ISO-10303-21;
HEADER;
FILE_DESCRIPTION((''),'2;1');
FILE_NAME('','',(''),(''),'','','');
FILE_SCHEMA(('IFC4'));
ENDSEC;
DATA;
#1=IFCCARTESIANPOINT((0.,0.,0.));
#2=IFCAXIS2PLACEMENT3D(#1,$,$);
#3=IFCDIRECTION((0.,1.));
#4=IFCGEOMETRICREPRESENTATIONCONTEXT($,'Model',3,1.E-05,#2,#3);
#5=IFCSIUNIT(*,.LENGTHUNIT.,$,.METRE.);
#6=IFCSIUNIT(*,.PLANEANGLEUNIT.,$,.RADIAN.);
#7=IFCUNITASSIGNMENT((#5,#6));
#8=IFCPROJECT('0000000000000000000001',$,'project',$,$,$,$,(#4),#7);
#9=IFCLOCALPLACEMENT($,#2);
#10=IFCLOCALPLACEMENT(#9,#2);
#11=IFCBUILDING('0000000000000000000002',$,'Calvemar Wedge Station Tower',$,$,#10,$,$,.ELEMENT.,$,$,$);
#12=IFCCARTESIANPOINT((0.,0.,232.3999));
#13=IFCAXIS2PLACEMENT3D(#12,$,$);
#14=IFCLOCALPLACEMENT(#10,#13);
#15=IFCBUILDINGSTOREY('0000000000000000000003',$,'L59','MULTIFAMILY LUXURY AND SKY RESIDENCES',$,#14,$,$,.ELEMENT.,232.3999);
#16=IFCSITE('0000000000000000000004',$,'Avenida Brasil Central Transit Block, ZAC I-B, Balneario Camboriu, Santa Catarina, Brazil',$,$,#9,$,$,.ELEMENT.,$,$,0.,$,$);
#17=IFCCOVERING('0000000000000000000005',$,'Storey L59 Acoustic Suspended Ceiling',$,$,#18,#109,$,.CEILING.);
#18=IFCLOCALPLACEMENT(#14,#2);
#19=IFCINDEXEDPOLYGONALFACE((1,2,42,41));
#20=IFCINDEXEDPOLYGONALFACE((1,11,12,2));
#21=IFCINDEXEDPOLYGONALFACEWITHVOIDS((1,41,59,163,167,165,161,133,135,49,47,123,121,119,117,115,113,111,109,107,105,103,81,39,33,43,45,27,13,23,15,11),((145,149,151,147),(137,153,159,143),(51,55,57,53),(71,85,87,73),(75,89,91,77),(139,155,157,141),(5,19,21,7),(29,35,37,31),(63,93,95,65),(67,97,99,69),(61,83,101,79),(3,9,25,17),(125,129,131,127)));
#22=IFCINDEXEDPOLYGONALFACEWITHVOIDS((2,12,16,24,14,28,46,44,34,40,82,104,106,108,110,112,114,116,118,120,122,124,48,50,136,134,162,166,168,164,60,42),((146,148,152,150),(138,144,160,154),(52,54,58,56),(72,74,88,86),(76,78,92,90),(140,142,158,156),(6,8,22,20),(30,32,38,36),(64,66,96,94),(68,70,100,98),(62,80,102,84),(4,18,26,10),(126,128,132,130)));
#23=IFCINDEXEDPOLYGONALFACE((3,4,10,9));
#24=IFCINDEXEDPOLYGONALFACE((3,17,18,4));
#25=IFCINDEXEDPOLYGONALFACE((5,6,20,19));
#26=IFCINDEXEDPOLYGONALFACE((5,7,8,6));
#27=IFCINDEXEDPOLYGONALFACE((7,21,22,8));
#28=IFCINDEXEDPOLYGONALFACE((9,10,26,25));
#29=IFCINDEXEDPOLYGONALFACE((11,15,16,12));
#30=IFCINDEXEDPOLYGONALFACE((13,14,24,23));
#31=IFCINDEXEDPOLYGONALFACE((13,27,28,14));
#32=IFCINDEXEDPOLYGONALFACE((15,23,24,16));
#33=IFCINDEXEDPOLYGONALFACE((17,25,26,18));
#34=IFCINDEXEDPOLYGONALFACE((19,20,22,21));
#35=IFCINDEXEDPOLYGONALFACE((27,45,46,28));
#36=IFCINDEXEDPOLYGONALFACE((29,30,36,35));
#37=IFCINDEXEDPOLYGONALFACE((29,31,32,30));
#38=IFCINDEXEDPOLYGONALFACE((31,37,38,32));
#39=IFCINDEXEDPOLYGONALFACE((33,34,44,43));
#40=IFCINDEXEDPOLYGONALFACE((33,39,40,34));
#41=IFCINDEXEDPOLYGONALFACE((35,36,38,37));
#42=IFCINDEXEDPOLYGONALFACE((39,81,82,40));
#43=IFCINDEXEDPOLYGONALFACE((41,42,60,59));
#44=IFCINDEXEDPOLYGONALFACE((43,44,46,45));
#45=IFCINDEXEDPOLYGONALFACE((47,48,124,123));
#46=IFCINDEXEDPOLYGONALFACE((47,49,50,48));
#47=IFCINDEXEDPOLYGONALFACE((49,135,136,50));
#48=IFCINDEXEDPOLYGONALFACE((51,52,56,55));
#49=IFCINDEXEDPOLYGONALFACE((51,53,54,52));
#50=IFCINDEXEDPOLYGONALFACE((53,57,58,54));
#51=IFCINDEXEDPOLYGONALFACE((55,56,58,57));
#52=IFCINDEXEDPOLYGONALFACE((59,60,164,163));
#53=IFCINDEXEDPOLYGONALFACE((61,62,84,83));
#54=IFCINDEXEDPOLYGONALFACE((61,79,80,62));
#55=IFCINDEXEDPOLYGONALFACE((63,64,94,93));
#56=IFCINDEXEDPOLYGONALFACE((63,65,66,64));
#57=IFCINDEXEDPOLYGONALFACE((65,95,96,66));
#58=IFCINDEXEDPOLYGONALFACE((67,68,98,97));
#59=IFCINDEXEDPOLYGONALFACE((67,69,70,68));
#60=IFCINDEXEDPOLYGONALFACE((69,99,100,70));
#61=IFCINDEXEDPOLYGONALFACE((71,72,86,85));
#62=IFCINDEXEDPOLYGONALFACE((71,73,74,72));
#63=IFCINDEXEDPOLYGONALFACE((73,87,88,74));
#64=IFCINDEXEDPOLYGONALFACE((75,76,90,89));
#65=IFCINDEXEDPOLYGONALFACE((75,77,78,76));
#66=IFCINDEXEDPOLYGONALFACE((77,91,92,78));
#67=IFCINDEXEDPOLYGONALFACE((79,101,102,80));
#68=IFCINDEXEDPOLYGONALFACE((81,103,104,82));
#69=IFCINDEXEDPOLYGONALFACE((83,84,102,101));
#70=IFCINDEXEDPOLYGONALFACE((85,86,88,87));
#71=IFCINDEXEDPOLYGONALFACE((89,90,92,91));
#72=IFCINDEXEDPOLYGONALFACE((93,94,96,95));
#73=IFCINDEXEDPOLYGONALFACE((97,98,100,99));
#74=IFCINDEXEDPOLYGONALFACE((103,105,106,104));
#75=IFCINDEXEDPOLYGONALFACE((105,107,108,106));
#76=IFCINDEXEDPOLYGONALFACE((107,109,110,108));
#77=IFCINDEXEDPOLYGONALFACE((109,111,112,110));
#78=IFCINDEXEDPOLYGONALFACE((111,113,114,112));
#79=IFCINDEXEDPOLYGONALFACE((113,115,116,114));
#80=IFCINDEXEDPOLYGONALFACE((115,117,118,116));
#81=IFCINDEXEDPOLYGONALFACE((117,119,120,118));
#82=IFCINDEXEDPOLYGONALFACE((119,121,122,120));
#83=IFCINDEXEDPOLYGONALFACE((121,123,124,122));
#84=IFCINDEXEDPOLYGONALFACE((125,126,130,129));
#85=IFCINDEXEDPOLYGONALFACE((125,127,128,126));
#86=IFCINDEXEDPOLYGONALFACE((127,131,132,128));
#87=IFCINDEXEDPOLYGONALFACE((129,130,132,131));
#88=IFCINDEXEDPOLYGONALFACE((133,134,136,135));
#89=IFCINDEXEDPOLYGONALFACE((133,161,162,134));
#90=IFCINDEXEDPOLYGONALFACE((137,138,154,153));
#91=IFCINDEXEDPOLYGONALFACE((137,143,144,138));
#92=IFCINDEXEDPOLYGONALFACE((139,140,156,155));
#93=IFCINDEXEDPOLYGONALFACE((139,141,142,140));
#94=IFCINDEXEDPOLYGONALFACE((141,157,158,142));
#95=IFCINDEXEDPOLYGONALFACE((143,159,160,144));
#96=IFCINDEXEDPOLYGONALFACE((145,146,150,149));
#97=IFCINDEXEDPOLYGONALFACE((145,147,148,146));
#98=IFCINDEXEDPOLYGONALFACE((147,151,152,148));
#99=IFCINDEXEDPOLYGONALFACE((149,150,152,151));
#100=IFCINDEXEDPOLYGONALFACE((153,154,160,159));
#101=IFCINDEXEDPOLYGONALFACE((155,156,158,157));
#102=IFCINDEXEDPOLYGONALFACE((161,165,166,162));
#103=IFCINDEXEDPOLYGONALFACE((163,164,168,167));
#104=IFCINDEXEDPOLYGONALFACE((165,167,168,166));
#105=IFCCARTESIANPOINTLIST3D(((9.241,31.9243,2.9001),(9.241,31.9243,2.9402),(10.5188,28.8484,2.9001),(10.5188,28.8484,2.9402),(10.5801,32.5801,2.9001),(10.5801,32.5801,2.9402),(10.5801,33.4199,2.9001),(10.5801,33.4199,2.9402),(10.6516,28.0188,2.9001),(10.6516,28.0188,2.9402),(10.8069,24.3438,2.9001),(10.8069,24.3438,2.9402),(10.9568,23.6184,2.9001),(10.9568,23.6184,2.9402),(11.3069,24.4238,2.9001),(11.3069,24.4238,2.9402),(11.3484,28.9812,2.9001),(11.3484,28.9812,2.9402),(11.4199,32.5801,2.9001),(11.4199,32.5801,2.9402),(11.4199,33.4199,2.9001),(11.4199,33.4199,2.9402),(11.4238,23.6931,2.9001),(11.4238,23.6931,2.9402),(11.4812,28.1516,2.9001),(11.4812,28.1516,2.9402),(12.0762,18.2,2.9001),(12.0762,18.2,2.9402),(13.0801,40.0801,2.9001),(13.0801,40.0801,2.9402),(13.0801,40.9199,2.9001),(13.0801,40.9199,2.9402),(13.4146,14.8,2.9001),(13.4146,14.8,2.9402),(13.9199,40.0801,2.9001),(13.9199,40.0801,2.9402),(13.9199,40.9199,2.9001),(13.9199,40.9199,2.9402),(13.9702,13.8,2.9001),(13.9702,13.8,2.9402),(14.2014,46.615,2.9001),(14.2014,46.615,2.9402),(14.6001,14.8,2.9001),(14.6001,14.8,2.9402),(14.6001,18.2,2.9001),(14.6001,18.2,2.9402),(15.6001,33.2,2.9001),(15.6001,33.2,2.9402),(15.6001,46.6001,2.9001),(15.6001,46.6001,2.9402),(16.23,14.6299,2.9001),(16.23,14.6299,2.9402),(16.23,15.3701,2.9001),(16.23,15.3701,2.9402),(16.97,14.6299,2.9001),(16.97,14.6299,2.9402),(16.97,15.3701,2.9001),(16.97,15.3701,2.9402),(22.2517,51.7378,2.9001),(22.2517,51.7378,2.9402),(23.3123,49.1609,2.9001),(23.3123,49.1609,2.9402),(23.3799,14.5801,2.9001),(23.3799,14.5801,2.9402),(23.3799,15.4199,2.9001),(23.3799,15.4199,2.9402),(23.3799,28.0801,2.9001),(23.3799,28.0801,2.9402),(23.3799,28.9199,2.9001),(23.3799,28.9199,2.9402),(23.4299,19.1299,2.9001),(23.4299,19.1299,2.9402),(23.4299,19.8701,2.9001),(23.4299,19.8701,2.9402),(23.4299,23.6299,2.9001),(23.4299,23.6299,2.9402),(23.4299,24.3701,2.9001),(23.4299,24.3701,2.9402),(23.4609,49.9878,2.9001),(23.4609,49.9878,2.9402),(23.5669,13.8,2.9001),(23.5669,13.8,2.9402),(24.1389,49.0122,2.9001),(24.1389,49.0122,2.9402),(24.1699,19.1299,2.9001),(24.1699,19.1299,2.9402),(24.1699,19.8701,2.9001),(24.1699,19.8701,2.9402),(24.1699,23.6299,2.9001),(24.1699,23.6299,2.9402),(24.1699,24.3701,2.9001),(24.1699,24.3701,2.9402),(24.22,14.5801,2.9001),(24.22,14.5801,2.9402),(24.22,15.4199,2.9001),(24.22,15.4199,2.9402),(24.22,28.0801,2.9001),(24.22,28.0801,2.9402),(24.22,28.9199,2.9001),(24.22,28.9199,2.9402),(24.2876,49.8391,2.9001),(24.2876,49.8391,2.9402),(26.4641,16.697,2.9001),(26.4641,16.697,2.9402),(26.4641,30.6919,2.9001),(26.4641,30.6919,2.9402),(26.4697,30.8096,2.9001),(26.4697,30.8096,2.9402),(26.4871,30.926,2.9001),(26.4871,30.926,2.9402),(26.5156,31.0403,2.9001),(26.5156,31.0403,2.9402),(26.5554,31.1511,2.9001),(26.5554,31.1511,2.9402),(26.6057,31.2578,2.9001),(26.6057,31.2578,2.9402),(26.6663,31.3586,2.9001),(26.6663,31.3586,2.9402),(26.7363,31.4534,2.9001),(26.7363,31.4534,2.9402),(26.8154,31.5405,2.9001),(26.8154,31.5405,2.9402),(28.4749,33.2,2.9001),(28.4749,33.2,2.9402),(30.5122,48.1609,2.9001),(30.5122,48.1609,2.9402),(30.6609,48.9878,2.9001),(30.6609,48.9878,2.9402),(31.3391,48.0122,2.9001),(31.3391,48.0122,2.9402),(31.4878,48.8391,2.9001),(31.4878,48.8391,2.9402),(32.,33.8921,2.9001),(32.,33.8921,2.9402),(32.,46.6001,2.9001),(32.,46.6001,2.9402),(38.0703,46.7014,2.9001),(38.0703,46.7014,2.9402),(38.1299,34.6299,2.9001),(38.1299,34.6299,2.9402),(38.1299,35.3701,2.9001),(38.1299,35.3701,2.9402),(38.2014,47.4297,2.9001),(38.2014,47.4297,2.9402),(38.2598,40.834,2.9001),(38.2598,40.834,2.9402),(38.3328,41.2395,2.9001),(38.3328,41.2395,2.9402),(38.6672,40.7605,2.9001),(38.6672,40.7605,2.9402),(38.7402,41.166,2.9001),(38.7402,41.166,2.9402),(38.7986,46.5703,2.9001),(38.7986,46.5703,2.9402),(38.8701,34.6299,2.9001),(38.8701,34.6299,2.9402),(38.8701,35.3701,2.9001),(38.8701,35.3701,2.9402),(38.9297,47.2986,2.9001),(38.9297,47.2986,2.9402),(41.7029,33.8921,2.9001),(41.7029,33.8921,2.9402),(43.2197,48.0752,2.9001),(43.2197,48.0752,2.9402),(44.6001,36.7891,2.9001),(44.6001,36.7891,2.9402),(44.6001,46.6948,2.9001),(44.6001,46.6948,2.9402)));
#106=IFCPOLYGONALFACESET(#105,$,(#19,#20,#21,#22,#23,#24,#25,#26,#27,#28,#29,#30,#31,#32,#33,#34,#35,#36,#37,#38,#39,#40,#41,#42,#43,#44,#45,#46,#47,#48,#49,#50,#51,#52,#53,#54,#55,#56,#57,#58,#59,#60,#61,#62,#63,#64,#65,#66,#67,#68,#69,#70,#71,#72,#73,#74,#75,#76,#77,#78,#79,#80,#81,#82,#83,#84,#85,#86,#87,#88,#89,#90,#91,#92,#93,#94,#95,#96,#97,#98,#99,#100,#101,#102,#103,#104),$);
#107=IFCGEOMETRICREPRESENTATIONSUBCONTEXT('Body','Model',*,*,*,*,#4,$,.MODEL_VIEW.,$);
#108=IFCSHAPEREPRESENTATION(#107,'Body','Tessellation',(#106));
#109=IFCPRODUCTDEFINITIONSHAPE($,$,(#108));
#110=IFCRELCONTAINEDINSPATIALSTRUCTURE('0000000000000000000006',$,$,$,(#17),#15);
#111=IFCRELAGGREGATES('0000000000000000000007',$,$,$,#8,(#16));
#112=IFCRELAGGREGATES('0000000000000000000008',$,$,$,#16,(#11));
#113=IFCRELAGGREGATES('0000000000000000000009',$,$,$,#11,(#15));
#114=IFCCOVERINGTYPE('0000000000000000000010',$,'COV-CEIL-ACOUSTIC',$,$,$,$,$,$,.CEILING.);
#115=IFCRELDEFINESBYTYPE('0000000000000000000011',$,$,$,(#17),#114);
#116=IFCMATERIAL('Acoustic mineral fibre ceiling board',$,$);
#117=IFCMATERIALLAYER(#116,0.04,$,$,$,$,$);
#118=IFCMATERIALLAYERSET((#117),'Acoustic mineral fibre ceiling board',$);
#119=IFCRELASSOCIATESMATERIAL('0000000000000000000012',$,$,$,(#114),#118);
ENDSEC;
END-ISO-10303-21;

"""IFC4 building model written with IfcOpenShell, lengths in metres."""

from ifc_helpers import new_model, si_unit, direction, frame, origin, place, context, subcontext, project, spatial, polyline, outline, extrude, material, layer, layer_set, type_object, element, save


model = new_model("IFC4")

# Units and contexts
model_context = context("Model", 3, precision=1e-05, world=origin(), true_north=direction((0.0, 1.0)))
body_context = subcontext(model_context, "Body", "Model", "MODEL_VIEW")
ifc_project = project(units=[si_unit("LENGTHUNIT", "METRE"), si_unit("PLANEANGLEUNIT", "RADIAN")], contexts=[model_context])

# Site, building, storey
site_placement = place(None, origin())
site = spatial("IfcSite", under=ifc_project, at=site_placement, Name="Avenida Brasil Central Transit Block, ZAC I-B, Balneario Camboriu, Santa Catarina, Brazil", CompositionType="ELEMENT", RefElevation=0.0)
building_placement = place(site_placement, origin())
building = spatial("IfcBuilding", under=site, at=building_placement, Name="Calvemar Wedge Station Tower", CompositionType="ELEMENT")
storey_placement = place(building_placement, frame((0.0, 0.0, 232.3999)))
storey = spatial("IfcBuildingStorey", under=building, at=storey_placement, Name="L59", Description="MULTIFAMILY LUXURY AND SKY RESIDENCES", CompositionType="ELEMENT", Elevation=232.3999)

# Covering
ifc_material_1 = material(Name="Acoustic mineral fibre ceiling board")
ifc_layer_1 = layer(ifc_material_1, 0.04)
ifc_layer_set_1 = layer_set([ifc_layer_1], Name="Acoustic mineral fibre ceiling board")
covering_type_1 = type_object("IfcCoveringType", Name="COV-CEIL-ACOUSTIC", PredefinedType="CEILING", material=ifc_layer_set_1)
covering_1_placement = place(storey_placement, frame((0.0, 0.0, 2.9001)))
element("IfcCovering", 1, at=covering_1_placement, inside=storey, type_object=covering_type_1, Name="Storey L59 Acoustic Suspended Ceiling", PredefinedType="CEILING", context=body_context, shape_type="SweptSolid", body=[
    extrude(outline(polyline([(26.6663, 31.3586), (26.7363, 31.4534), (26.8154, 31.5405), (28.4749, 33.2), (15.6001, 33.2), (15.6001, 46.6001), (32.0, 46.6001), (32.0, 33.8921), (41.7029, 33.8921), (44.6001, 36.7891), (44.6001, 46.6948), (43.2197, 48.0752), (22.2517, 51.7378), (14.2014, 46.615), (9.241, 31.9243), (10.8069, 24.3438), (11.3069, 24.4238), (11.4238, 23.6931), (10.9568, 23.6184), (12.0762, 18.2), (14.6001, 18.2), (14.6001, 14.8), (13.4146, 14.8), (13.9702, 13.8), (23.5669, 13.8), (26.4641, 16.697), (26.4641, 30.6919), (26.4697, 30.8096), (26.4871, 30.926), (26.5156, 31.0403), (26.5554, 31.1511), (26.6057, 31.2578), (26.6663, 31.3586)]), holes=[polyline([(11.4199, 33.4199), (11.4199, 32.5801), (10.5801, 32.5801), (10.5801, 33.4199), (11.4199, 33.4199)]), polyline([(13.9199, 40.0801), (13.0801, 40.0801), (13.0801, 40.9199), (13.9199, 40.9199), (13.9199, 40.0801)]), polyline([(23.3123, 49.1609), (23.4609, 49.9878), (24.2876, 49.8391), (24.1389, 49.0122), (23.3123, 49.1609)]), polyline([(30.6609, 48.9878), (31.4878, 48.8391), (31.3391, 48.0122), (30.5122, 48.1609), (30.6609, 48.9878)]), polyline([(38.9297, 47.2986), (38.7986, 46.5703), (38.0703, 46.7014), (38.2014, 47.4297), (38.9297, 47.2986)]), polyline([(38.8701, 34.6299), (38.1299, 34.6299), (38.1299, 35.3701), (38.8701, 35.3701), (38.8701, 34.6299)]), polyline([(38.2598, 40.834), (38.3328, 41.2395), (38.7402, 41.166), (38.6672, 40.7605), (38.2598, 40.834)]), polyline([(11.3484, 28.9812), (11.4812, 28.1516), (10.6516, 28.0188), (10.5188, 28.8484), (11.3484, 28.9812)]), polyline([(24.22, 28.0801), (23.3799, 28.0801), (23.3799, 28.9199), (24.22, 28.9199), (24.22, 28.0801)]), polyline([(23.4299, 23.6299), (23.4299, 24.3701), (24.1699, 24.3701), (24.1699, 23.6299), (23.4299, 23.6299)]), polyline([(23.4299, 19.8701), (24.1699, 19.8701), (24.1699, 19.1299), (23.4299, 19.1299), (23.4299, 19.8701)]), polyline([(24.22, 15.4199), (24.22, 14.5801), (23.3799, 14.5801), (23.3799, 15.4199), (24.22, 15.4199)]), polyline([(16.97, 14.6299), (16.23, 14.6299), (16.23, 15.3701), (16.97, 15.3701), (16.97, 14.6299)])]), origin(), (0.0, 0.0, 1.0), 0.04),
])

save(model, "model.ifc")
